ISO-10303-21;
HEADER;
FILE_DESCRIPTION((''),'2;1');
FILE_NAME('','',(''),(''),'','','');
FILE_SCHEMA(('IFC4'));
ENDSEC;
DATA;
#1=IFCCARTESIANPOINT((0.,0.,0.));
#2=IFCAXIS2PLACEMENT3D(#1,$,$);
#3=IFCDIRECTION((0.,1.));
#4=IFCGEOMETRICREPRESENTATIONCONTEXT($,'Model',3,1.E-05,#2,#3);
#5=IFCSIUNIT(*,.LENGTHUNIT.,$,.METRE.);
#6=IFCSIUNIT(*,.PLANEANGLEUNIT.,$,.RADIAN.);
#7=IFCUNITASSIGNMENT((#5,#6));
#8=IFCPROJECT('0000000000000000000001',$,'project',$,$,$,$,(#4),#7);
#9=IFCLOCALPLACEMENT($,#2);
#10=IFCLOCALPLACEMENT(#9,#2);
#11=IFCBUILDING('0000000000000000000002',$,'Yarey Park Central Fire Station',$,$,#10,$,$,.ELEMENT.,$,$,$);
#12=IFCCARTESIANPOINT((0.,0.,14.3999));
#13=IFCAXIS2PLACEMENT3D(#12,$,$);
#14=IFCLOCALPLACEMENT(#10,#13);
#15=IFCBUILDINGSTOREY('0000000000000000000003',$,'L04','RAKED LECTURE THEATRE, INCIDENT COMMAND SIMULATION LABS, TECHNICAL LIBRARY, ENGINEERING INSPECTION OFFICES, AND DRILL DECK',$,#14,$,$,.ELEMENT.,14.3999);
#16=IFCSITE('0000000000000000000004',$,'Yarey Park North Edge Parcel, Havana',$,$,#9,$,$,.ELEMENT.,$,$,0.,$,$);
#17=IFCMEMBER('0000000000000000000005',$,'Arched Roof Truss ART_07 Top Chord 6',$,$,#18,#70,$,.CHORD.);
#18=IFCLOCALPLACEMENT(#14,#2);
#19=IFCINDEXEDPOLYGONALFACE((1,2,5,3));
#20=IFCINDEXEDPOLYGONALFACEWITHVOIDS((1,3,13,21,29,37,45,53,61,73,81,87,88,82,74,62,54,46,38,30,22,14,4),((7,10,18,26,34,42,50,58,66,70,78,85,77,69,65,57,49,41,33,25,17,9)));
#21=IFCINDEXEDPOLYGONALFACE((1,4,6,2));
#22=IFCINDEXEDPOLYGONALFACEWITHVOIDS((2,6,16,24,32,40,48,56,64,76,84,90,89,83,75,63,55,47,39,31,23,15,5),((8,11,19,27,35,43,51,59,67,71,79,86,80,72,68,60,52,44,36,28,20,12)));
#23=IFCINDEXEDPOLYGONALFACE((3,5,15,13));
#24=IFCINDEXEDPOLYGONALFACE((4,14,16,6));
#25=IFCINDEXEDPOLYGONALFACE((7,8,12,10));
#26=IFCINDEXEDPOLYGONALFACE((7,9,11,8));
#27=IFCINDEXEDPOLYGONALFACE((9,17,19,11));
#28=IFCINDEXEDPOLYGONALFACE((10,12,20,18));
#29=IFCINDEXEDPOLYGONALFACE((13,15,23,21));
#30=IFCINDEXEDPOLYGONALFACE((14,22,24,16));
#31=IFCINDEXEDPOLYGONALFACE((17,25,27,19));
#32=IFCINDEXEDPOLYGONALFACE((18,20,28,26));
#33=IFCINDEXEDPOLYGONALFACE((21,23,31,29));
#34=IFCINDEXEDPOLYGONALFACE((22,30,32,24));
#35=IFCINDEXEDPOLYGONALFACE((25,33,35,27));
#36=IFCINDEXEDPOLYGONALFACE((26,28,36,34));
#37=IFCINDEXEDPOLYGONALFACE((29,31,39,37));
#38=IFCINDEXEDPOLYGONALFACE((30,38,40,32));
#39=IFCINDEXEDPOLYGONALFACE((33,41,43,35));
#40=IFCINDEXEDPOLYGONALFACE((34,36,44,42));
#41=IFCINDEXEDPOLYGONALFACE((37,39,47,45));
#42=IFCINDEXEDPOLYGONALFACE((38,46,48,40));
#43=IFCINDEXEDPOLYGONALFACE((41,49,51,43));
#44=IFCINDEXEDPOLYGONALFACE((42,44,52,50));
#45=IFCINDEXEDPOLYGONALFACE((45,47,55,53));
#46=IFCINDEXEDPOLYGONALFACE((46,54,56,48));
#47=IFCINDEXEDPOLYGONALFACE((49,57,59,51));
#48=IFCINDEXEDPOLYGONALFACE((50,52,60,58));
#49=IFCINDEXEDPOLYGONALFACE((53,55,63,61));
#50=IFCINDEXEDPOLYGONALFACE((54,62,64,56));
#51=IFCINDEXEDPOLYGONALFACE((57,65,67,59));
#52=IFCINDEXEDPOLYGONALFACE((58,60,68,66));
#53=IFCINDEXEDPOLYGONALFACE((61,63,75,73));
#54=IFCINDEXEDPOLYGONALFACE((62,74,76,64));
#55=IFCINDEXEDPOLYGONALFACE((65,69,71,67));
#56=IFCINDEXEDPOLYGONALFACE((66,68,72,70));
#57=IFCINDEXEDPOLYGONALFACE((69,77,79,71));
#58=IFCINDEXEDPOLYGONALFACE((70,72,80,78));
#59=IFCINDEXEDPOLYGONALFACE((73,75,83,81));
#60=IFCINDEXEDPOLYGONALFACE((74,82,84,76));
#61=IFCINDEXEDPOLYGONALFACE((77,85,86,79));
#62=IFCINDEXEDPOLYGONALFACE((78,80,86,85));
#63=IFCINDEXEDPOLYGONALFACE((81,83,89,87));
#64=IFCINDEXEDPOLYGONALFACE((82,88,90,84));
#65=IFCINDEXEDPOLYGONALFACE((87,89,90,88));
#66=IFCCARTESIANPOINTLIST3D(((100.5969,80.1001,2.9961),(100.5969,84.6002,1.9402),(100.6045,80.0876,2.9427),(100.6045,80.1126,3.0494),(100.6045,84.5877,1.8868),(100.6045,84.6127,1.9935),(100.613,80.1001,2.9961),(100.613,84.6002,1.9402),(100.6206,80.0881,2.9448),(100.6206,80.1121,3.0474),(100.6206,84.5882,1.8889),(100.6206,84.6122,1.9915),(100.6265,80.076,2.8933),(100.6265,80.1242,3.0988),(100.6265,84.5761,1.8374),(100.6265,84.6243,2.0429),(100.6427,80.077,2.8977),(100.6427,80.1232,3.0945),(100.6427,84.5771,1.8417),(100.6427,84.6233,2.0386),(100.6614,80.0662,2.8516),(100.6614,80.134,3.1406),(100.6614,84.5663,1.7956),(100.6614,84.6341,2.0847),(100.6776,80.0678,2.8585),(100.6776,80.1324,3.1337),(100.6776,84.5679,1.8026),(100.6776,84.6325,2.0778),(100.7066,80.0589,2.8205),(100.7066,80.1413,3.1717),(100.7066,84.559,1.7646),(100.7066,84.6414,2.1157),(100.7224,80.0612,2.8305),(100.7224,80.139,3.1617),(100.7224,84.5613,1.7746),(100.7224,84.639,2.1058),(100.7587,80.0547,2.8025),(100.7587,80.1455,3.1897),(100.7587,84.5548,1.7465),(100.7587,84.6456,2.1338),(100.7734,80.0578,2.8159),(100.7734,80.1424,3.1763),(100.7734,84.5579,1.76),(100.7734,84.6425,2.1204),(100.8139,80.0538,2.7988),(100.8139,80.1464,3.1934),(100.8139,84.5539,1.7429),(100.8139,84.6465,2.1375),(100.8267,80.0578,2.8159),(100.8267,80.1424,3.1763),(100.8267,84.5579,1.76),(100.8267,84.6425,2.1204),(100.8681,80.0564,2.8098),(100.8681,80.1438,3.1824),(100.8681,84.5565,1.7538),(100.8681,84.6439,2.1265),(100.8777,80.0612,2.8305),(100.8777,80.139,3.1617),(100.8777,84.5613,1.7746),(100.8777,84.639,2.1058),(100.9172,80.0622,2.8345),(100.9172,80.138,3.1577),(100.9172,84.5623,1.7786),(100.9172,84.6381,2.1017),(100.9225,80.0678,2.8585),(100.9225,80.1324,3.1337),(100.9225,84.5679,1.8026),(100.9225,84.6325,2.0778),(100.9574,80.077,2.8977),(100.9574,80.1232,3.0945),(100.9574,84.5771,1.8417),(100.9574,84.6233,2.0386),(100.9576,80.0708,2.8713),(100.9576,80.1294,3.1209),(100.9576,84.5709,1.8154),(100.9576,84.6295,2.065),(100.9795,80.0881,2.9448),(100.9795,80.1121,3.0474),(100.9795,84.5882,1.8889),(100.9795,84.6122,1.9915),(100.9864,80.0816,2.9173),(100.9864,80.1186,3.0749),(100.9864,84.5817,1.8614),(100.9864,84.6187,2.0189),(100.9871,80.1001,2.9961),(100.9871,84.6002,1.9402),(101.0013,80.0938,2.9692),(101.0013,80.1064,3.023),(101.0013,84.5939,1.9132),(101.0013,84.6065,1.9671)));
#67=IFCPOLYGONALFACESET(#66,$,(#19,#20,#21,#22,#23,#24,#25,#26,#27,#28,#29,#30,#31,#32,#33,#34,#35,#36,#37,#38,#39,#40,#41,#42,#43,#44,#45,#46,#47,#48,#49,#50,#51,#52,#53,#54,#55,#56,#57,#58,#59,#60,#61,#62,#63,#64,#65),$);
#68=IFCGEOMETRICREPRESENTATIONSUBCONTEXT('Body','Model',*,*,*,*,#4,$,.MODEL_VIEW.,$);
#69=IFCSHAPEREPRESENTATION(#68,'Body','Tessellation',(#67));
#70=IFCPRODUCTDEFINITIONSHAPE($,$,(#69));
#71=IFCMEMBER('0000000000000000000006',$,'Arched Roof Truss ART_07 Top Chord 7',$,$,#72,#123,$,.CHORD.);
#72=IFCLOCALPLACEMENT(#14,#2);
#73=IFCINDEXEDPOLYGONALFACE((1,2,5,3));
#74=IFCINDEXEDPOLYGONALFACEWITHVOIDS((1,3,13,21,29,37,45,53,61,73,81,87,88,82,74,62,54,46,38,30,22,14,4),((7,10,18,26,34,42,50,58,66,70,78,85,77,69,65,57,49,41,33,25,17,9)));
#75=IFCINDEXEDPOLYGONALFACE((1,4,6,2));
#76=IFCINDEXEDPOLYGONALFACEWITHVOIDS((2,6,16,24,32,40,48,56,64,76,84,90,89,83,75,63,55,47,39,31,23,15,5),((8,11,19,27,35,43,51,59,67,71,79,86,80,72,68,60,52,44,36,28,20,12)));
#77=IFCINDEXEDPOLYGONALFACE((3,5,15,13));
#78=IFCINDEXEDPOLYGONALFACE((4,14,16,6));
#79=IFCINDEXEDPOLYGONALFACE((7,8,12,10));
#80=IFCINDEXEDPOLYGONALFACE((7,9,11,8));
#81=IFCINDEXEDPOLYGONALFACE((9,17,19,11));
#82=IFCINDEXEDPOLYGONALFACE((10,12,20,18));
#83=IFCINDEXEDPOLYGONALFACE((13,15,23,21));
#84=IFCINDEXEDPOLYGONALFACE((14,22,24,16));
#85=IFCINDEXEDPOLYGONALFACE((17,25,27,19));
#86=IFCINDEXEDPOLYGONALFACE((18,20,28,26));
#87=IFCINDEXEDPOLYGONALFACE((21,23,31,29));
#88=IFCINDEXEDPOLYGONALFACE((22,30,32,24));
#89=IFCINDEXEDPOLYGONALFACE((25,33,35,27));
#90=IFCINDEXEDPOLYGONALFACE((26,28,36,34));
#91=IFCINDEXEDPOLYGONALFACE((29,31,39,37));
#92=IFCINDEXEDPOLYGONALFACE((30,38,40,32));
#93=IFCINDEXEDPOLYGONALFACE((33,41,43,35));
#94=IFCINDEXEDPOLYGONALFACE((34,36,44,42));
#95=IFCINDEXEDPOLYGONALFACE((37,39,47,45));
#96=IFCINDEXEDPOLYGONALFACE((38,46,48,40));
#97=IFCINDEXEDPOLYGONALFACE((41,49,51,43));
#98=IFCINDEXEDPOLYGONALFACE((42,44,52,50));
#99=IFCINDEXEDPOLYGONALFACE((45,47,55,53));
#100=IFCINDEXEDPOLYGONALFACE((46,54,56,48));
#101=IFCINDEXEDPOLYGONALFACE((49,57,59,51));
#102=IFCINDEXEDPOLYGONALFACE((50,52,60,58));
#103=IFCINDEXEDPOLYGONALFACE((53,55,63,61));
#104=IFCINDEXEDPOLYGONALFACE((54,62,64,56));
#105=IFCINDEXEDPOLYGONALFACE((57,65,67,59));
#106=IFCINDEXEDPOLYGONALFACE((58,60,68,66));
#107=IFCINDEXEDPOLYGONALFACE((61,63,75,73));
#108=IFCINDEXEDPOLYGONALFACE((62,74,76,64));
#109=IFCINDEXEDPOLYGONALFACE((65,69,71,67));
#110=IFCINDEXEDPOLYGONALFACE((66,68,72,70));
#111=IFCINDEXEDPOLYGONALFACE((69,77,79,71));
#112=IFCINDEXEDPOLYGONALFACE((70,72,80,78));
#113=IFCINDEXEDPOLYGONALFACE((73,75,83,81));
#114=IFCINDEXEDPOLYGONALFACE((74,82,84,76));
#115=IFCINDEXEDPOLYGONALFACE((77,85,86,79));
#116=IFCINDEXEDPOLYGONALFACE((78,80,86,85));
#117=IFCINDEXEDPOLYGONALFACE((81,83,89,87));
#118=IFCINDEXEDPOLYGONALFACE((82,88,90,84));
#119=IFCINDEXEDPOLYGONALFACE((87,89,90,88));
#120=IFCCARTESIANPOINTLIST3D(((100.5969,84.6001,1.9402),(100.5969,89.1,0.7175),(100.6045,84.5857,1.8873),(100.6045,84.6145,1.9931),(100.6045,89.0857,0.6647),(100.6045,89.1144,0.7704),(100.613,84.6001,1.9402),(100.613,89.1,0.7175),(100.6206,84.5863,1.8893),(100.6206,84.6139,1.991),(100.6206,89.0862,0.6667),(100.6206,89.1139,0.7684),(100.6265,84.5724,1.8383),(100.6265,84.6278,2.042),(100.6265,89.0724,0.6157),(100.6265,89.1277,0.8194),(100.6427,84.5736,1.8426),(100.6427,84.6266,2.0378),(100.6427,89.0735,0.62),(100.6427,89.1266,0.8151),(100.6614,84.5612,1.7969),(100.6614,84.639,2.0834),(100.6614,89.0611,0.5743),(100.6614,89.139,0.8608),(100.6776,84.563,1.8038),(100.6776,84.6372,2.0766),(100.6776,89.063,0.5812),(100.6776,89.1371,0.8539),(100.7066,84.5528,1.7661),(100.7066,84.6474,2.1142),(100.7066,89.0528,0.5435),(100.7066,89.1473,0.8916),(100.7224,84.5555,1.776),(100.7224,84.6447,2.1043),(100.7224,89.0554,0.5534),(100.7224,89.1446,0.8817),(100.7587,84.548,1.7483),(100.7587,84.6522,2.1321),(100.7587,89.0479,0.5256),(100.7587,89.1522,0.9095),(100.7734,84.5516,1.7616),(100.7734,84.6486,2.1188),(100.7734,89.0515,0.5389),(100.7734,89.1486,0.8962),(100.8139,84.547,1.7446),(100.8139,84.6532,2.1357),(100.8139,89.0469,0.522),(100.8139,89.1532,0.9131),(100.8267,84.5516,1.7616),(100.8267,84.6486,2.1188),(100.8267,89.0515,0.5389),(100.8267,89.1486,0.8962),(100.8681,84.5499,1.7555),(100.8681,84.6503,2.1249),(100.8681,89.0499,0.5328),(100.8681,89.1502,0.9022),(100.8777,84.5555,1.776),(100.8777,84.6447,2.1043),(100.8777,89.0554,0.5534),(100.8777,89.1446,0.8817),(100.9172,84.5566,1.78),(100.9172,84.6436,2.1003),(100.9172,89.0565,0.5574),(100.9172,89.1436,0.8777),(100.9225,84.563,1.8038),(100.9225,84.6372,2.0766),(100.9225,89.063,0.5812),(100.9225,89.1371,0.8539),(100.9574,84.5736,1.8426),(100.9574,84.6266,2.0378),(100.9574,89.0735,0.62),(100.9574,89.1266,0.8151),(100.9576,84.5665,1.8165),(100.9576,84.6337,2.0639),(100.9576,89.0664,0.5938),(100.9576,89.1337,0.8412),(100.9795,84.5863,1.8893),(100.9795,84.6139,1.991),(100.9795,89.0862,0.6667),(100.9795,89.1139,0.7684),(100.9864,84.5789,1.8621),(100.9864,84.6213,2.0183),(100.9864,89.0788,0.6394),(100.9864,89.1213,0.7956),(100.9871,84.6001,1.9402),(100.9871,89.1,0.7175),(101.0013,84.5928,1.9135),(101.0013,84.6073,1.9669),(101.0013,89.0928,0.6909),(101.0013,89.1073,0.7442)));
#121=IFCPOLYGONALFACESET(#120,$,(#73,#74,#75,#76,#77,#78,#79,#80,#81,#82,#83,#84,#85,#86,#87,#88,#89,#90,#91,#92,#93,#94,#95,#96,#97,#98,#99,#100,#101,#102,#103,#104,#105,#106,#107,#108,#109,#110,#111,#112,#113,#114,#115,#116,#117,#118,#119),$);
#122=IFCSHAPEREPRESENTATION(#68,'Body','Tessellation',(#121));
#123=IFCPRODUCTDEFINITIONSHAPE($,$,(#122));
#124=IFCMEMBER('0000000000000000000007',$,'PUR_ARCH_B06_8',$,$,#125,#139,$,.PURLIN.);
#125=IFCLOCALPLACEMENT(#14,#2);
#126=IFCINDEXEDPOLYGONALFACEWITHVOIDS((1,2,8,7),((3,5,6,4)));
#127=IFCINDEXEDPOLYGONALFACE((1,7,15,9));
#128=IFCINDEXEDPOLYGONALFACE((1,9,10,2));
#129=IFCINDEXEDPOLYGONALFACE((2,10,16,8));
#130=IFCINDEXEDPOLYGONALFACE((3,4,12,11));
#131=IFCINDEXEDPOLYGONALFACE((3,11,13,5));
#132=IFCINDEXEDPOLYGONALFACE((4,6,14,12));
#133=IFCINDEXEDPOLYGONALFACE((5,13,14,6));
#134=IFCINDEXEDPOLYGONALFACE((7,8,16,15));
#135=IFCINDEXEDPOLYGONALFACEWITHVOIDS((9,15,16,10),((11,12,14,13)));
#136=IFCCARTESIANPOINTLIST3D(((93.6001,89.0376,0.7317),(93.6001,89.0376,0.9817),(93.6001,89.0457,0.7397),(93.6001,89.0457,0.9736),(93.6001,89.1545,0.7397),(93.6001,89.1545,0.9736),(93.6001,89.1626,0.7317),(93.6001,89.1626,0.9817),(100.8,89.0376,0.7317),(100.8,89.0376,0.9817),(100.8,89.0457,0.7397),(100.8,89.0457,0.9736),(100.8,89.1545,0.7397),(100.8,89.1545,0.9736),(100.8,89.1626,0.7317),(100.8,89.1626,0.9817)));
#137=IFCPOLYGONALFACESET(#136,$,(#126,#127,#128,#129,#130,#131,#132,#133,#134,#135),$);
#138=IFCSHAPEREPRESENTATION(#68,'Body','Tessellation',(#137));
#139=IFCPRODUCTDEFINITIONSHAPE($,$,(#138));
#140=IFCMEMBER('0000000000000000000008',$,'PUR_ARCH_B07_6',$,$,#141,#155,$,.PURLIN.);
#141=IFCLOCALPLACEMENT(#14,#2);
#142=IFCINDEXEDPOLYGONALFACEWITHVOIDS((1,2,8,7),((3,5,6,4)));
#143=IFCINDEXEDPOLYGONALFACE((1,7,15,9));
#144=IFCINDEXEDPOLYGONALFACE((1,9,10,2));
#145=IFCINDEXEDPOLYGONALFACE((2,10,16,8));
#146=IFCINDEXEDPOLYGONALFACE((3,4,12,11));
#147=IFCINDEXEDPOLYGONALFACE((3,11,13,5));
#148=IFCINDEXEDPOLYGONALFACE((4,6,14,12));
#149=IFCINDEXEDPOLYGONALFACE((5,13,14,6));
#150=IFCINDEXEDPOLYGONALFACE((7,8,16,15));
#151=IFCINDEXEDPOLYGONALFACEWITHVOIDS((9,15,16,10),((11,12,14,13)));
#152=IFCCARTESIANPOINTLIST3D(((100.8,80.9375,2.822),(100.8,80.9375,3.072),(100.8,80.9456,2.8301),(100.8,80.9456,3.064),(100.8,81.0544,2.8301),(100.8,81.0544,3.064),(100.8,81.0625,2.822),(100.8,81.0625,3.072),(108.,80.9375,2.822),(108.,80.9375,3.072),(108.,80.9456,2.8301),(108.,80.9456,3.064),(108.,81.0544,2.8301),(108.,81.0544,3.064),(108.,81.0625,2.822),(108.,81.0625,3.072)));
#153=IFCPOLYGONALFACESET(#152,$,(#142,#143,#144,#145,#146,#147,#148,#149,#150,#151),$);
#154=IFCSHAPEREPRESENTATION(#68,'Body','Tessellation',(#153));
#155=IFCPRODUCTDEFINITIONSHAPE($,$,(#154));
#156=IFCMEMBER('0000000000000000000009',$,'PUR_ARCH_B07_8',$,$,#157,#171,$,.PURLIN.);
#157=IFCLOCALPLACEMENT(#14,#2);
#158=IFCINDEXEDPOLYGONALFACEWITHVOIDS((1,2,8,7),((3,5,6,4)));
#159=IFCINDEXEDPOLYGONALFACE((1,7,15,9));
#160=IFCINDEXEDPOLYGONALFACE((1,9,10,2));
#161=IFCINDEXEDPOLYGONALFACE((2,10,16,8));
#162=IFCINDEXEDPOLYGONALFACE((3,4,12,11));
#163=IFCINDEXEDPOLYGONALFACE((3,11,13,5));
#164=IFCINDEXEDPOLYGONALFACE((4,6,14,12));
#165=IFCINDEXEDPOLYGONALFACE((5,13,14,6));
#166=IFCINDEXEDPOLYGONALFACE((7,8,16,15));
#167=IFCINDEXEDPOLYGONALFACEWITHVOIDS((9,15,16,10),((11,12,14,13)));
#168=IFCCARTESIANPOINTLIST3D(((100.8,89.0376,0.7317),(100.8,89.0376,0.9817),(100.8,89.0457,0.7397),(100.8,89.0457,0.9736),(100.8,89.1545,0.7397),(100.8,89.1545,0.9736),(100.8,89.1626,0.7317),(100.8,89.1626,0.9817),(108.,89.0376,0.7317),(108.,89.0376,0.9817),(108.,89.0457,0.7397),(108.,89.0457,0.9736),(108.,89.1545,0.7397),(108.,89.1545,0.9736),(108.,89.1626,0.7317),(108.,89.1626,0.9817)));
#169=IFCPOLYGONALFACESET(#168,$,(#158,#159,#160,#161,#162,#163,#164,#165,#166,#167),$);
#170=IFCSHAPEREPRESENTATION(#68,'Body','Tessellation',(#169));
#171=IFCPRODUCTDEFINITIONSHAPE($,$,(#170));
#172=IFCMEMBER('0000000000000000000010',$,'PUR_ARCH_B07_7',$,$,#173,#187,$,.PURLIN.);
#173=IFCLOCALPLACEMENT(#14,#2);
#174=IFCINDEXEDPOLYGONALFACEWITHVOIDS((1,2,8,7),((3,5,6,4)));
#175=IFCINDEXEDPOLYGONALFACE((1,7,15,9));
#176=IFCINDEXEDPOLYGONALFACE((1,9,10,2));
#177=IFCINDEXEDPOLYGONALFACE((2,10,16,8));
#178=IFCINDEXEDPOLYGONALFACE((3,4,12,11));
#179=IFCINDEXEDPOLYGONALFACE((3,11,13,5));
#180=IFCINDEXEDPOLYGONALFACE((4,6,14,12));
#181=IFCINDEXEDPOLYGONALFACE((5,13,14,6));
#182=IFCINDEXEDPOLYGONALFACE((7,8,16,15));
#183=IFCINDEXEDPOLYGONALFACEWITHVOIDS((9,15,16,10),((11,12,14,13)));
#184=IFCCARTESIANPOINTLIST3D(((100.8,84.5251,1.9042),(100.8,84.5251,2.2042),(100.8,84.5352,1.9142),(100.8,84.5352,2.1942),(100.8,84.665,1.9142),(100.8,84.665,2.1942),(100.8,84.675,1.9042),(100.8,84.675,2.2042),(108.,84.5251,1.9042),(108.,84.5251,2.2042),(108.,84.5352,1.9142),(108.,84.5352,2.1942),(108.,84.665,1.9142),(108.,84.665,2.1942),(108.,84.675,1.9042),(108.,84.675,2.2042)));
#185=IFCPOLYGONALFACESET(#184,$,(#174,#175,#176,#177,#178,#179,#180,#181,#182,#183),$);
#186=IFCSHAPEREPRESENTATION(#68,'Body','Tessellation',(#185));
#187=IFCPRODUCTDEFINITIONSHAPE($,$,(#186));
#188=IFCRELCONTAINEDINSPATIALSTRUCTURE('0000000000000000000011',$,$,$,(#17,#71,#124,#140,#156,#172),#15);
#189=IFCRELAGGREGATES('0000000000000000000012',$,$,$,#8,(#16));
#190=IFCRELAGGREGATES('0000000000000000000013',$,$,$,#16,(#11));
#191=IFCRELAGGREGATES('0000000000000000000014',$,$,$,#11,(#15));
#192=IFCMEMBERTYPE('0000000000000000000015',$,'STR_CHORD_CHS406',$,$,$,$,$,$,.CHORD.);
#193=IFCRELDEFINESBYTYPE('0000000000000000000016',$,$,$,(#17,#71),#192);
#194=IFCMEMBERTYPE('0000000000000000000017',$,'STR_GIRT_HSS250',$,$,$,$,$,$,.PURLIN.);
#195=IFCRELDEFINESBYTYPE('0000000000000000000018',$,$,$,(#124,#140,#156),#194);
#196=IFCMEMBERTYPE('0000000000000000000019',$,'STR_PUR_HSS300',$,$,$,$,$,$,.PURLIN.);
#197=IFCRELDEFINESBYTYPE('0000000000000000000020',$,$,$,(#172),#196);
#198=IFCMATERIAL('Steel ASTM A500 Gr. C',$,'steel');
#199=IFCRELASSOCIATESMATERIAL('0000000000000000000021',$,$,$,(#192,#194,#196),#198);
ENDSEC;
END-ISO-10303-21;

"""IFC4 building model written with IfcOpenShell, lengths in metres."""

from ifc_helpers import new_model, si_unit, direction, frame, origin, origin_2d, place, context, subcontext, project, spatial, hollow_rectangle, hollow_circle, extrude, material, material_profile, profile_set, type_object, element, save


model = new_model("IFC4")

# Units and contexts
model_context = context("Model", 3, precision=1e-05, world=origin(), true_north=direction((0.0, 1.0)))
body_context = subcontext(model_context, "Body", "Model", "MODEL_VIEW")
ifc_project = project(units=[si_unit("LENGTHUNIT", "METRE"), si_unit("PLANEANGLEUNIT", "RADIAN")], contexts=[model_context])

# Site, building, storey
site_placement = place(None, origin())
site = spatial("IfcSite", under=ifc_project, at=site_placement, Name="Yarey Park North Edge Parcel, Havana", CompositionType="ELEMENT", RefElevation=0.0)
building_placement = place(site_placement, origin())
building = spatial("IfcBuilding", under=site, at=building_placement, Name="Yarey Park Central Fire Station", CompositionType="ELEMENT")
storey_placement = place(building_placement, frame((0.0, 0.0, 14.3999)))
storey = spatial("IfcBuildingStorey", under=building, at=storey_placement, Name="L04", Description="RAKED LECTURE THEATRE, INCIDENT COMMAND SIMULATION LABS, TECHNICAL LIBRARY, ENGINEERING INSPECTION OFFICES, AND DRILL DECK", CompositionType="ELEMENT", Elevation=14.3999)

# Members
ifc_material_1 = material(Name="Steel ASTM A500 Gr. C", Category="steel")
ifc_material_profile_1 = material_profile(ifc_material_1, hollow_circle(Radius=0.2031, WallThickness=0.0161, at=origin_2d()), Name="CHS 406.4x16")
ifc_profile_set_1 = profile_set([ifc_material_profile_1], Name="Steel ASTM A500 Gr. C")
member_type_1 = type_object("IfcMemberType", Name="STR_CHORD_CHS406", PredefinedType="CHORD", material=ifc_profile_set_1)
member_1_placement = place(storey_placement, frame((100.8, 80.1001, 2.9961), z_axis=(0.0, 0.973558, -0.228442), x_axis=(-1.0, 0.0, 0.0)))
element("IfcMember", 1, at=member_1_placement, inside=storey, type_object=member_type_1, Name="Arched Roof Truss ART_07 Top Chord 6", PredefinedType="CHORD", context=body_context, shape_type="SweptSolid", body=[
    extrude(hollow_circle(Radius=0.2031, WallThickness=0.0161, at=origin_2d()), origin(), (0.0, 0.0, 1.0), 4.6223),
])
member_2_placement = place(storey_placement, frame((100.8, 84.6001, 1.9402), z_axis=(0.0, 0.965015, -0.262196), x_axis=(-1.0, 0.0, 0.0)))
element("IfcMember", 2, at=member_2_placement, inside=storey, type_object=member_type_1, Name="Arched Roof Truss ART_07 Top Chord 7", PredefinedType="CHORD", context=body_context, shape_type="SweptSolid", body=[
    extrude(hollow_circle(Radius=0.2031, WallThickness=0.0161, at=origin_2d()), origin(), (0.0, 0.0, 1.0), 4.6631),
])
ifc_material_profile_2 = material_profile(ifc_material_1, hollow_rectangle(XDim=0.125, YDim=0.25, WallThickness=0.0081, at=origin_2d()), Name="HSS 250x125x8")
ifc_profile_set_2 = profile_set([ifc_material_profile_2], Name="Steel ASTM A500 Gr. C")
member_type_2 = type_object("IfcMemberType", Name="STR_GIRT_HSS250", PredefinedType="PURLIN", material=ifc_profile_set_2)
for number, where, z_axis, x_axis, name in (
    (3, (93.6001, 89.1001, 0.8567), (1.0, 0.0, 0.0), (0.0, 1.0, 0.0), "PUR_ARCH_B06_8"),
    (4, (100.8, 81.0, 2.947), (1.0, 0.0, 0.0), (0.0, 1.0, 0.0), "PUR_ARCH_B07_6"),
    (5, (100.8, 89.1001, 0.8567), (1.0, 0.0, 0.0), (0.0, 1.0, 0.0), "PUR_ARCH_B07_8"),
):
    element("IfcMember", number, at=place(storey_placement, frame(where, z_axis=z_axis, x_axis=x_axis)), inside=storey, type_object=member_type_2, Name=name, PredefinedType="PURLIN", context=body_context, shape_type="SweptSolid", body=[
        extrude(hollow_rectangle(XDim=0.125, YDim=0.25, WallThickness=0.0081, at=origin_2d()), origin(), (0.0, 0.0, 1.0), 7.2),
    ])
ifc_material_profile_3 = material_profile(ifc_material_1, hollow_rectangle(XDim=0.1499, YDim=0.3, WallThickness=0.01, at=origin_2d()), Name="HSS 300x150x10")
ifc_profile_set_3 = profile_set([ifc_material_profile_3], Name="Steel ASTM A500 Gr. C")
member_type_3 = type_object("IfcMemberType", Name="STR_PUR_HSS300", PredefinedType="PURLIN", material=ifc_profile_set_3)
member_3_placement = place(storey_placement, frame((100.8, 84.6001, 2.0542), z_axis=(1.0, 0.0, 0.0), x_axis=(0.0, 1.0, 0.0)))
element("IfcMember", 6, at=member_3_placement, inside=storey, type_object=member_type_3, Name="PUR_ARCH_B07_7", PredefinedType="PURLIN", context=body_context, shape_type="SweptSolid", body=[
    extrude(hollow_rectangle(XDim=0.1499, YDim=0.3, WallThickness=0.01, at=origin_2d()), origin(), (0.0, 0.0, 1.0), 7.2),
])

save(model, "model.ifc")
